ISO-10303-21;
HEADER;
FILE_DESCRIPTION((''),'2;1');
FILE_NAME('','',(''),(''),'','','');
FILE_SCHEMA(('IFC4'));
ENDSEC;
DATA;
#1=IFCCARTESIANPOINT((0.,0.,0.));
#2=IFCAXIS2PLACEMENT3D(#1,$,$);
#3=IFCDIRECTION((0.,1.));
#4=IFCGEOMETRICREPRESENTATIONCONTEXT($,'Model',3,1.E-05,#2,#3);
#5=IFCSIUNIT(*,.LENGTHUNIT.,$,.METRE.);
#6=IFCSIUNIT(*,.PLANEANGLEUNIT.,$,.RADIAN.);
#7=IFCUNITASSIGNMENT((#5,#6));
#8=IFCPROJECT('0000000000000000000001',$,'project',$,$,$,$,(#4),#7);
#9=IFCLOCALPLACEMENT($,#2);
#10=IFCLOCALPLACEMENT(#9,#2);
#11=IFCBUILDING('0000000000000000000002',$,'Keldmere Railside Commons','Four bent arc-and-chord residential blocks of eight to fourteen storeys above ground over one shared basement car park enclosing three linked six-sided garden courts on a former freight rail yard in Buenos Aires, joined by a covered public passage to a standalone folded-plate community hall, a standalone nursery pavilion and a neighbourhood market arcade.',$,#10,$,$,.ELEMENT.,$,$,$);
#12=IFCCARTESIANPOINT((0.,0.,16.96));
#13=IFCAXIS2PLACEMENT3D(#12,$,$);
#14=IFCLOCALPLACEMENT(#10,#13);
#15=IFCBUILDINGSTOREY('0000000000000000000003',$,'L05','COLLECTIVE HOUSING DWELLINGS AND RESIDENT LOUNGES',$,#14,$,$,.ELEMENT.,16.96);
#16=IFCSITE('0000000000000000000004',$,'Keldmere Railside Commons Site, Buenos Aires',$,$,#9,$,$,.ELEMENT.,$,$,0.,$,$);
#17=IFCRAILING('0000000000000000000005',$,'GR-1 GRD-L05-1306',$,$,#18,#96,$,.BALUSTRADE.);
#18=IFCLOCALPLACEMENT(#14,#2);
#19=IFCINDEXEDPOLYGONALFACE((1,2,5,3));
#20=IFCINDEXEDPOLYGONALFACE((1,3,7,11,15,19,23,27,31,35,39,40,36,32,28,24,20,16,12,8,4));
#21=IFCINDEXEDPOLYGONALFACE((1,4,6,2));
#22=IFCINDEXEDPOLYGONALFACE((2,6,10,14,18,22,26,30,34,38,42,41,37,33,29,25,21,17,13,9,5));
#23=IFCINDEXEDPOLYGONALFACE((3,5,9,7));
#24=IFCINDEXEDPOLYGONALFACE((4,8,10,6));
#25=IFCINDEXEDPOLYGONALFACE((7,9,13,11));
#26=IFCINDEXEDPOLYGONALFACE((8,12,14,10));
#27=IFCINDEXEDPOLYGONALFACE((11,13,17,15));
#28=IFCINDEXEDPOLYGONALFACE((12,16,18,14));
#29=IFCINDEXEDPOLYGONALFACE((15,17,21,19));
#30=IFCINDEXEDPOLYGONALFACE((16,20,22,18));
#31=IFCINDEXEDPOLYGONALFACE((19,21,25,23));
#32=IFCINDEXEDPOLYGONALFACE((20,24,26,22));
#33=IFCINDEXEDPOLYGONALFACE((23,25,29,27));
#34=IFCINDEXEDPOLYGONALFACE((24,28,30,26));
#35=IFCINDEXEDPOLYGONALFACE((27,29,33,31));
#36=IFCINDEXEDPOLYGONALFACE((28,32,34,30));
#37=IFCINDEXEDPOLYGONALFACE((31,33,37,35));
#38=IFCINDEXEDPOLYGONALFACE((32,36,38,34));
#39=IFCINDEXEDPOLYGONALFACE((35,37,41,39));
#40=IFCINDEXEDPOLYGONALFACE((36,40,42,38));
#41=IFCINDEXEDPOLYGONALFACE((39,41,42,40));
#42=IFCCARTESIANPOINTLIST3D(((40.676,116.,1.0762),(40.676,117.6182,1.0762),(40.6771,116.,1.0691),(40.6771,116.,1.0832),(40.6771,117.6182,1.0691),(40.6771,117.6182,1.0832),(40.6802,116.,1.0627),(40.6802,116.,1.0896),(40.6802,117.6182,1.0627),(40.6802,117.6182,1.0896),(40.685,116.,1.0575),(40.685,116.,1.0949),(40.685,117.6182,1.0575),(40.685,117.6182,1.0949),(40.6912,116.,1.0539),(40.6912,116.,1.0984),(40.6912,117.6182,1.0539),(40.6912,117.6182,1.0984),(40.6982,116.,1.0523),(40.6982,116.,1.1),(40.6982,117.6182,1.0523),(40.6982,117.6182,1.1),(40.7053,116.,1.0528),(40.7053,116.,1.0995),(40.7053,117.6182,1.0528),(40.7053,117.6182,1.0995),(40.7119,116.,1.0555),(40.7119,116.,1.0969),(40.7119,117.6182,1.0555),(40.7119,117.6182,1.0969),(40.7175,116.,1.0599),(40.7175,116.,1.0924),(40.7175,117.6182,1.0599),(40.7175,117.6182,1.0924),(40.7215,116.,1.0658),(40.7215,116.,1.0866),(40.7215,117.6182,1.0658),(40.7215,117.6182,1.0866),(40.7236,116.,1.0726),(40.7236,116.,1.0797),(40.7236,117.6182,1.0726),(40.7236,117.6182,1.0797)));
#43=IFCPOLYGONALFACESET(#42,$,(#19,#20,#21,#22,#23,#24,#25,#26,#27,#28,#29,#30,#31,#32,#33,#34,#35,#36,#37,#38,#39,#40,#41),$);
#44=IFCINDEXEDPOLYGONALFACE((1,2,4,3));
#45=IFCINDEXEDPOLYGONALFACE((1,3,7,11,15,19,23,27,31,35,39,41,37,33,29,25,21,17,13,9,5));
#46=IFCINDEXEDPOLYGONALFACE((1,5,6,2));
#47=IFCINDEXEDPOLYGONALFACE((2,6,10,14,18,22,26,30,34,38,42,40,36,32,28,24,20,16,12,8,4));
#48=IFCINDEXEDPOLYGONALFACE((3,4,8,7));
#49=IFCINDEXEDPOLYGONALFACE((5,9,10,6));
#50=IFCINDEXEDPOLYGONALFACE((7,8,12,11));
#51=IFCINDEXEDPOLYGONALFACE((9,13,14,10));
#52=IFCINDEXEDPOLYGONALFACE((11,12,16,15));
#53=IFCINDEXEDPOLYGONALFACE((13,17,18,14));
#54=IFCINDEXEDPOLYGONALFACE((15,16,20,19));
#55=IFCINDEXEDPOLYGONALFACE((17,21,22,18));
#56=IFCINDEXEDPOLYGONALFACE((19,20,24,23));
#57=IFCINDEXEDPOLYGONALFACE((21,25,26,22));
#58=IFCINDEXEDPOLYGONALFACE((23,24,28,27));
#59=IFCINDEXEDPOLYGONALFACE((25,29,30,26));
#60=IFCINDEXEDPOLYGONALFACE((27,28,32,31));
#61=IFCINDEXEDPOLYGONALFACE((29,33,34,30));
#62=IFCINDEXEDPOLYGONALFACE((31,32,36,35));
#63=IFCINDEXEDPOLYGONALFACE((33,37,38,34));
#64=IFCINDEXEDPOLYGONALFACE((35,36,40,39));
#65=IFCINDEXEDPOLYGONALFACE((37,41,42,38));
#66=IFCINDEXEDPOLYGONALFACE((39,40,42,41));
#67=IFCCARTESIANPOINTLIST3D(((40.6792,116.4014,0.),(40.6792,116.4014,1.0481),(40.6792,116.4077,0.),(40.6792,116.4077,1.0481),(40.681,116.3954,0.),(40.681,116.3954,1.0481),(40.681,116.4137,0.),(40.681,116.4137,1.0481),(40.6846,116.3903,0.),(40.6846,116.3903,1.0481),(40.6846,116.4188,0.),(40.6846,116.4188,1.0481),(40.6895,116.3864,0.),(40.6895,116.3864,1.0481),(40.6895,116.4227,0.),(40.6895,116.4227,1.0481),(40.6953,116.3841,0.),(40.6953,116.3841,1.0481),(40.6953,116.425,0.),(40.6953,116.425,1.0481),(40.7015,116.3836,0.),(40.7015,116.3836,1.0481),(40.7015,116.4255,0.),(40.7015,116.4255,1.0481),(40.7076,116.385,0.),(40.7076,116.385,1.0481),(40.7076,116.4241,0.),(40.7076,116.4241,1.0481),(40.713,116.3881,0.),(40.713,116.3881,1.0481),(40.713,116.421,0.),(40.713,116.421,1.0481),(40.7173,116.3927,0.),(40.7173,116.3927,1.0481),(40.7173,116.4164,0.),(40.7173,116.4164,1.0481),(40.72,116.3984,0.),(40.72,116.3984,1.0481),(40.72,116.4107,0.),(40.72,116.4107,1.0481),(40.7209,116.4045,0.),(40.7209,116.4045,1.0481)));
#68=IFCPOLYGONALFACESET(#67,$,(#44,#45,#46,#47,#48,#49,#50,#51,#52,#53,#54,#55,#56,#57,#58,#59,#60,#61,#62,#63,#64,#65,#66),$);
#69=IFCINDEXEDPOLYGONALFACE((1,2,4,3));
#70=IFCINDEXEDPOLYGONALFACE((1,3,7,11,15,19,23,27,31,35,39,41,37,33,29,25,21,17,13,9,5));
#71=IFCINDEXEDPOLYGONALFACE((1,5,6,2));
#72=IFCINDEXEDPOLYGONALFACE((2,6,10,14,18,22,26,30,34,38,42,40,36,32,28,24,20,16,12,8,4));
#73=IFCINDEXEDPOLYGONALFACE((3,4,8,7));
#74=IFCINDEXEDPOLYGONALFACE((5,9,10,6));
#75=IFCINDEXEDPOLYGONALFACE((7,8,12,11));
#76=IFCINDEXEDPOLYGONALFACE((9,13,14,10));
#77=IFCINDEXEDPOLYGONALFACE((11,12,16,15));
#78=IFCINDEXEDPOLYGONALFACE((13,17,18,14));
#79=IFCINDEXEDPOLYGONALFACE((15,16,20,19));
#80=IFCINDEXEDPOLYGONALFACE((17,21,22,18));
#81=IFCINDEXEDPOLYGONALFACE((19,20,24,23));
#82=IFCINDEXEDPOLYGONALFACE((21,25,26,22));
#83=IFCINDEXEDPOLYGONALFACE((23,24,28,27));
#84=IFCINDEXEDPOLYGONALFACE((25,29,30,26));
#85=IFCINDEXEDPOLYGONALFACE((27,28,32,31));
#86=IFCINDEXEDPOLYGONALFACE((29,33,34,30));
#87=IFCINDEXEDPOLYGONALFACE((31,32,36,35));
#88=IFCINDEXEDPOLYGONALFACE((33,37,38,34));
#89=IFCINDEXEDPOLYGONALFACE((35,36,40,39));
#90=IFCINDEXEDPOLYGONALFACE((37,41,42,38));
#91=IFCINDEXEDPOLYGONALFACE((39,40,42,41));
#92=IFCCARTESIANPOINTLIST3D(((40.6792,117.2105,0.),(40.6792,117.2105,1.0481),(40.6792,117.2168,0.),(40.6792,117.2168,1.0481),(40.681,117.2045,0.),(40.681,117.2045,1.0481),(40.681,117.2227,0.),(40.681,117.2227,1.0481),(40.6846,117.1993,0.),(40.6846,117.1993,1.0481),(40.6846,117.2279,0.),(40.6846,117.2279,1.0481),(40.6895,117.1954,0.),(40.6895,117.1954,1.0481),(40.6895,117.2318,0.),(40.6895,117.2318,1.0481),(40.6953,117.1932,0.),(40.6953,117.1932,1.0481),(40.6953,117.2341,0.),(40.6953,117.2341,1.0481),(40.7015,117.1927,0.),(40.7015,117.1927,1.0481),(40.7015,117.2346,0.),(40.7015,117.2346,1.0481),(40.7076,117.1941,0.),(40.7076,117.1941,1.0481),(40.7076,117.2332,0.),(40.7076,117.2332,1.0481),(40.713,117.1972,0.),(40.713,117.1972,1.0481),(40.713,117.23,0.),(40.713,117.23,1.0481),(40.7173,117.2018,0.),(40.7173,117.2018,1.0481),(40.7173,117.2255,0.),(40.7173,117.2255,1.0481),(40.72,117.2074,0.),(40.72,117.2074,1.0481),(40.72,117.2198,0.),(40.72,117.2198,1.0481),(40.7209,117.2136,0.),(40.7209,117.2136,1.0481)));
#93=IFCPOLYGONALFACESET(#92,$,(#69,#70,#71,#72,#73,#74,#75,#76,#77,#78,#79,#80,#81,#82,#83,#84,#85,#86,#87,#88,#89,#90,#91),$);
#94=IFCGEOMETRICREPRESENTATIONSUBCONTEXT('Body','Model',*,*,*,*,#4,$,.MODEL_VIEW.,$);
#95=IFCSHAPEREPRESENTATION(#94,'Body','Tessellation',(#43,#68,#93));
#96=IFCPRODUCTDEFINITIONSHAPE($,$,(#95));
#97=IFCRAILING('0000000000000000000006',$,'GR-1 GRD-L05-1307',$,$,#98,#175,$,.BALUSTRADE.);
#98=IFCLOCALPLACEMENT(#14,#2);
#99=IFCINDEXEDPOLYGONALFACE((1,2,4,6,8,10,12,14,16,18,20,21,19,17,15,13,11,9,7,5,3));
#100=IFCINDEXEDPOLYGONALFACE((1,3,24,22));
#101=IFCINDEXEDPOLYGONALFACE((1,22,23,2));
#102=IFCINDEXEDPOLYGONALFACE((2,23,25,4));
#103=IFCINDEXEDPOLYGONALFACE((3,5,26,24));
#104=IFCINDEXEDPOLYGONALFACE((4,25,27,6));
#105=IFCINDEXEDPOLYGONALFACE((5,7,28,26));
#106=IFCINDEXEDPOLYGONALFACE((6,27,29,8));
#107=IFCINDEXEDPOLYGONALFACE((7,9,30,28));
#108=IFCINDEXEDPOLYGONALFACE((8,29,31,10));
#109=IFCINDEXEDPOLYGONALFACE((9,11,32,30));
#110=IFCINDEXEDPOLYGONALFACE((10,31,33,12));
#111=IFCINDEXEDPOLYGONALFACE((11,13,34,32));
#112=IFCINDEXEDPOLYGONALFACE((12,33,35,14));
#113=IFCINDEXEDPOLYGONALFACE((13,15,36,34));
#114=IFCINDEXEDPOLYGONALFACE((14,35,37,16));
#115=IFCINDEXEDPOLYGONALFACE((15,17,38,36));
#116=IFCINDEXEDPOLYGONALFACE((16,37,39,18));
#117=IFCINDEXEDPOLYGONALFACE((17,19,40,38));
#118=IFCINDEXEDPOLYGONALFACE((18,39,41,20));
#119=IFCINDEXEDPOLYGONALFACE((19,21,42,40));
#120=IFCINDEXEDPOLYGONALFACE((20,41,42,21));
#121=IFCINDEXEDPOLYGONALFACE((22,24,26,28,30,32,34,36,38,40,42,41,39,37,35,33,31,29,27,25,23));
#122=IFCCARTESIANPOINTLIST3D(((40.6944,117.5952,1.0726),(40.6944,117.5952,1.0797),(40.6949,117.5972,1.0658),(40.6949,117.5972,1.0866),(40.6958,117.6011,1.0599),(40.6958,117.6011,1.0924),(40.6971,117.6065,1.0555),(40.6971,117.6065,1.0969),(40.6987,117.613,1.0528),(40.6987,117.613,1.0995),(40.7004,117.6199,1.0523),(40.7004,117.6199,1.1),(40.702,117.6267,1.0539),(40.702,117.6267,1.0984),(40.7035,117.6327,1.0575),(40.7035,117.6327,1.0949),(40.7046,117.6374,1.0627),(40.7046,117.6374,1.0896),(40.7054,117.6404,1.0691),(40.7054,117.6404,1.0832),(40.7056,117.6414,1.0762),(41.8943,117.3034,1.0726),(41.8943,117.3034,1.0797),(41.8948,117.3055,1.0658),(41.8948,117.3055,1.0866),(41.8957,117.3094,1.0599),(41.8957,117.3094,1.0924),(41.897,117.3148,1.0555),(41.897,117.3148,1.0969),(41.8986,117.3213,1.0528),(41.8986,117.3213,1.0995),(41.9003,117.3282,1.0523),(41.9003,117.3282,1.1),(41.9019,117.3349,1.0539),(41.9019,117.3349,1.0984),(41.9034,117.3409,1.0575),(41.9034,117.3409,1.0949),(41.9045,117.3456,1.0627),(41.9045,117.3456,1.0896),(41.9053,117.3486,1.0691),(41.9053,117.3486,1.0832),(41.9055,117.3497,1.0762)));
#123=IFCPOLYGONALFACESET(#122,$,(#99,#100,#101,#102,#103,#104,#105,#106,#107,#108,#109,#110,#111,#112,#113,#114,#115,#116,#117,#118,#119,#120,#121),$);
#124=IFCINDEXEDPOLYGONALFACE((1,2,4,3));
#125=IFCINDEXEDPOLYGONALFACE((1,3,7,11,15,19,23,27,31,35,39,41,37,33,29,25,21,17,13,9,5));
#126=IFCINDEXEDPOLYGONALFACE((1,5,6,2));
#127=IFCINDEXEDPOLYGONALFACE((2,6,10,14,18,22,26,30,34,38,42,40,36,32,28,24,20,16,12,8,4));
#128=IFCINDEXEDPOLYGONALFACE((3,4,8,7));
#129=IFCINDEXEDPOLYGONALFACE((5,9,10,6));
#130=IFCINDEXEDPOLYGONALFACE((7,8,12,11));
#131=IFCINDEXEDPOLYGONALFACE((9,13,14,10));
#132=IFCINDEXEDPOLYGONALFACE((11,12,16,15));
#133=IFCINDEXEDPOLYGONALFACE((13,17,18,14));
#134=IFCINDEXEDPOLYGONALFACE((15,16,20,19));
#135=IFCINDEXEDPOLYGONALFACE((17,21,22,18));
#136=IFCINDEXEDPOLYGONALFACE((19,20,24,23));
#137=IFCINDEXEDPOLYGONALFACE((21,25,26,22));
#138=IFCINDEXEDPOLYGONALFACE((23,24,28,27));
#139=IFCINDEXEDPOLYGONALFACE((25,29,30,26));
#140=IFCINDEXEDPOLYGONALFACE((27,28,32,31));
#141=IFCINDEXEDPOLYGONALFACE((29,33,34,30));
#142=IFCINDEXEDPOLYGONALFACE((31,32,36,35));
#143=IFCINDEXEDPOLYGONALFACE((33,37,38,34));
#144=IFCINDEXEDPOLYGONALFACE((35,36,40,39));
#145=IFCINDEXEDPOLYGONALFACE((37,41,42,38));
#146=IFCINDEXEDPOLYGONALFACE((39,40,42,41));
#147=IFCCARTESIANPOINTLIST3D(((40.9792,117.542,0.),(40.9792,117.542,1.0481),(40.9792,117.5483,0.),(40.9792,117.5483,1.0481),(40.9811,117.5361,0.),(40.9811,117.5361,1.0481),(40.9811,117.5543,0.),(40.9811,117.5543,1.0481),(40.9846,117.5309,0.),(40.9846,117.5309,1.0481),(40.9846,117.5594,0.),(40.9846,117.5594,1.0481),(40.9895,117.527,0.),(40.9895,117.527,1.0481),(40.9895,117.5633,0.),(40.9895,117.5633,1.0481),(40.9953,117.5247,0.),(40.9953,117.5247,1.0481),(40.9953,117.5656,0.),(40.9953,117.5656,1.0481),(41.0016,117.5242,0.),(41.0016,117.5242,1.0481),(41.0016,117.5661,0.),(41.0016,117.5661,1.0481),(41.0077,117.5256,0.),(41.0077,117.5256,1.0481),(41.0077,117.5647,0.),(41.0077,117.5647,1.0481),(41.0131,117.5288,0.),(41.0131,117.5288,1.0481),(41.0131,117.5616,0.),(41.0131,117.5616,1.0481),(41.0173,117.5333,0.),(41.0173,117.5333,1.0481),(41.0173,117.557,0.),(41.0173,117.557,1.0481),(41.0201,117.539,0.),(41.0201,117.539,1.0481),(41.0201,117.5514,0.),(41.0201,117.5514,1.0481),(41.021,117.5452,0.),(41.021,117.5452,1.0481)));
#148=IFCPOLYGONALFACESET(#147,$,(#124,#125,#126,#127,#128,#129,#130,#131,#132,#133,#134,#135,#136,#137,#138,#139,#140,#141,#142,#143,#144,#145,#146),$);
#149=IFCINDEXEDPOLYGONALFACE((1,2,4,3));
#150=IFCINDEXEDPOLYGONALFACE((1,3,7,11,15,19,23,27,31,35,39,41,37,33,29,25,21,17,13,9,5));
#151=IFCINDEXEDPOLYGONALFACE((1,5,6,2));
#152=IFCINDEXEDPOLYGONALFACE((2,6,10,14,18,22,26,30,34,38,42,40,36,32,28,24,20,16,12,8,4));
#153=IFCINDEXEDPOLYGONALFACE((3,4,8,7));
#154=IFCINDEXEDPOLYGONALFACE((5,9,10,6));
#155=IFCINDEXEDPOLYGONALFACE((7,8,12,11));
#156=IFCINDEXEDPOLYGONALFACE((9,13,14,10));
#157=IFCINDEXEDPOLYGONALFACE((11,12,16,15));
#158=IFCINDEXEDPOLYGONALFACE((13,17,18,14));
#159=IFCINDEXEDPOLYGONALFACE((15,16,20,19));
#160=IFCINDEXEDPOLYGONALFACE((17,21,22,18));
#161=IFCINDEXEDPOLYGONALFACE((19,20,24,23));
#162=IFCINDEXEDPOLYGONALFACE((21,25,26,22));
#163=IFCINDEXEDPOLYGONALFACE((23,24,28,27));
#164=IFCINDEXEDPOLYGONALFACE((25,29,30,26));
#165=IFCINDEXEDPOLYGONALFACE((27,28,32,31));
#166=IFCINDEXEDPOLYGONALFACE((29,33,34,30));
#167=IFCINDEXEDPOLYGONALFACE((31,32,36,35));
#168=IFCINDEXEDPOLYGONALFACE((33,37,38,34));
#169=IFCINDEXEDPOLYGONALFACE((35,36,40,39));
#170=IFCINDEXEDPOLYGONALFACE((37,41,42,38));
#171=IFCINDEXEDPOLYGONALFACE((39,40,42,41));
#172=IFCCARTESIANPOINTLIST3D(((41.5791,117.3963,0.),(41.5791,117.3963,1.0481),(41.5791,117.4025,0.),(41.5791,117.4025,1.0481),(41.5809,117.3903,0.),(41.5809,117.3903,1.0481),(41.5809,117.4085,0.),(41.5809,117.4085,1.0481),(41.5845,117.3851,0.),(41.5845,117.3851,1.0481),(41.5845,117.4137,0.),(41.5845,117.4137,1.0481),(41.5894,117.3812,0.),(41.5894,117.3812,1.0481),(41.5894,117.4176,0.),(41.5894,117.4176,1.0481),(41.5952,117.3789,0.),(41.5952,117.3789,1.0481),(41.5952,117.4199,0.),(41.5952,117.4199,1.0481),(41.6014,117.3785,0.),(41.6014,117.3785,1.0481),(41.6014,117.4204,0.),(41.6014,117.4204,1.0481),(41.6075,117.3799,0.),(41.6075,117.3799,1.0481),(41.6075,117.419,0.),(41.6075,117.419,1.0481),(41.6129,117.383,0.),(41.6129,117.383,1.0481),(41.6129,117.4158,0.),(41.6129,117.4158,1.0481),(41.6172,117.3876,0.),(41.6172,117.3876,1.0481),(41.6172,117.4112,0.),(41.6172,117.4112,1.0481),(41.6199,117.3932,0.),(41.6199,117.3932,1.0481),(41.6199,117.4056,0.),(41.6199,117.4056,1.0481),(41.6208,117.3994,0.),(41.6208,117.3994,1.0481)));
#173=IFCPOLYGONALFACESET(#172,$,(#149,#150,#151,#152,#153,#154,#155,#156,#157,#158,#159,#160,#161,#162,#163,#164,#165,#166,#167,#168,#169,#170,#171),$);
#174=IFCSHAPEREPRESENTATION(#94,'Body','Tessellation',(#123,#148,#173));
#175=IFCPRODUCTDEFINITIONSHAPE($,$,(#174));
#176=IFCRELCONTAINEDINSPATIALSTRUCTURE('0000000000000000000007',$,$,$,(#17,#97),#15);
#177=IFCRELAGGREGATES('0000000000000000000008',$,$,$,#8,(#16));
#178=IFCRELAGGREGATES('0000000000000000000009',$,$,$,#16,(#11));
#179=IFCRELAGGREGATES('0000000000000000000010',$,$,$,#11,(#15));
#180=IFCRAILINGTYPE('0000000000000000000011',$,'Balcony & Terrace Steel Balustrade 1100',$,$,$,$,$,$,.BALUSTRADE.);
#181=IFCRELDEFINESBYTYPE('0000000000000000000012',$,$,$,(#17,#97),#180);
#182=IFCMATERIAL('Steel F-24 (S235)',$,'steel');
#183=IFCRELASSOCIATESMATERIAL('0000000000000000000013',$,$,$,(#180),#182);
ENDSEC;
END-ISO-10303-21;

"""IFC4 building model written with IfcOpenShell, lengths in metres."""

from ifc_helpers import new_model, si_unit, direction, frame, origin, origin_2d, place, context, subcontext, project, spatial, circle, extrude, material, type_object, element, save


model = new_model("IFC4")

# Units and contexts
model_context = context("Model", 3, precision=1e-05, world=origin(), true_north=direction((0.0, 1.0)))
body_context = subcontext(model_context, "Body", "Model", "MODEL_VIEW")
ifc_project = project(units=[si_unit("LENGTHUNIT", "METRE"), si_unit("PLANEANGLEUNIT", "RADIAN")], contexts=[model_context])

# Site, building, storey
site_placement = place(None, origin())
site = spatial("IfcSite", under=ifc_project, at=site_placement, Name="Keldmere Railside Commons Site, Buenos Aires", CompositionType="ELEMENT", RefElevation=0.0)
building_placement = place(site_placement, origin())
building = spatial("IfcBuilding", under=site, at=building_placement, Name="Keldmere Railside Commons", Description="Four bent arc-and-chord residential blocks of eight to fourteen storeys above ground over one shared basement car park enclosing three linked six-sided garden courts on a former freight rail yard in Buenos Aires, joined by a covered public passage to a standalone folded-plate community hall, a standalone nursery pavilion and a neighbourhood market arcade.", CompositionType="ELEMENT")
storey_placement = place(building_placement, frame((0.0, 0.0, 16.96)))
storey = spatial("IfcBuildingStorey", under=building, at=storey_placement, Name="L05", Description="COLLECTIVE HOUSING DWELLINGS AND RESIDENT LOUNGES", CompositionType="ELEMENT", Elevation=16.96)

# Railings
ifc_material_1 = material(Name="Steel F-24 (S235)", Category="steel")
railing_type = type_object("IfcRailingType", Name="Balcony & Terrace Steel Balustrade 1100", PredefinedType="BALUSTRADE", material=ifc_material_1)
railing_1_placement = place(storey_placement, frame((40.7, 116.0, 0.0)))
element("IfcRailing", 1, at=railing_1_placement, inside=storey, type_object=railing_type, Name="GR-1 GRD-L05-1306", PredefinedType="BALUSTRADE", context=body_context, shape_type="SweptSolid", body=[
    extrude(circle(Radius=0.0239, at=origin_2d()), frame((0.0, 0.0, 1.0762), z_axis=(0.0, 1.0, 0.0), x_axis=(-1.0, 0.0, 0.0)), (0.0, 0.0, 1.0), 1.6182),
    extrude(circle(Radius=0.021, at=origin_2d()), frame((0.0, 0.4045, 0.0)), (0.0, 0.0, 1.0), 1.0481),
    extrude(circle(Radius=0.021, at=origin_2d()), frame((0.0, 1.2136, 0.0)), (0.0, 0.0, 1.0), 1.0481),
])
railing_2_placement = place(storey_placement, frame((40.7, 117.6182, 0.0)))
element("IfcRailing", 2, at=railing_2_placement, inside=storey, type_object=railing_type, Name="GR-1 GRD-L05-1307", PredefinedType="BALUSTRADE", context=body_context, shape_type="SweptSolid", body=[
    extrude(circle(Radius=0.0239, at=origin_2d()), frame((0.0, 0.0, 1.0762), z_axis=(0.971692, -0.236251, 0.0), x_axis=(0.236251, 0.971692, 0.0)), (0.0, 0.0, 1.0), 1.2349),
    extrude(circle(Radius=0.021, at=origin_2d()), frame((0.3, -0.073, 0.0)), (0.0, 0.0, 1.0), 1.0481),
    extrude(circle(Radius=0.021, at=origin_2d()), frame((0.8999, -0.2188, 0.0)), (0.0, 0.0, 1.0), 1.0481),
])

save(model, "model.ifc")
